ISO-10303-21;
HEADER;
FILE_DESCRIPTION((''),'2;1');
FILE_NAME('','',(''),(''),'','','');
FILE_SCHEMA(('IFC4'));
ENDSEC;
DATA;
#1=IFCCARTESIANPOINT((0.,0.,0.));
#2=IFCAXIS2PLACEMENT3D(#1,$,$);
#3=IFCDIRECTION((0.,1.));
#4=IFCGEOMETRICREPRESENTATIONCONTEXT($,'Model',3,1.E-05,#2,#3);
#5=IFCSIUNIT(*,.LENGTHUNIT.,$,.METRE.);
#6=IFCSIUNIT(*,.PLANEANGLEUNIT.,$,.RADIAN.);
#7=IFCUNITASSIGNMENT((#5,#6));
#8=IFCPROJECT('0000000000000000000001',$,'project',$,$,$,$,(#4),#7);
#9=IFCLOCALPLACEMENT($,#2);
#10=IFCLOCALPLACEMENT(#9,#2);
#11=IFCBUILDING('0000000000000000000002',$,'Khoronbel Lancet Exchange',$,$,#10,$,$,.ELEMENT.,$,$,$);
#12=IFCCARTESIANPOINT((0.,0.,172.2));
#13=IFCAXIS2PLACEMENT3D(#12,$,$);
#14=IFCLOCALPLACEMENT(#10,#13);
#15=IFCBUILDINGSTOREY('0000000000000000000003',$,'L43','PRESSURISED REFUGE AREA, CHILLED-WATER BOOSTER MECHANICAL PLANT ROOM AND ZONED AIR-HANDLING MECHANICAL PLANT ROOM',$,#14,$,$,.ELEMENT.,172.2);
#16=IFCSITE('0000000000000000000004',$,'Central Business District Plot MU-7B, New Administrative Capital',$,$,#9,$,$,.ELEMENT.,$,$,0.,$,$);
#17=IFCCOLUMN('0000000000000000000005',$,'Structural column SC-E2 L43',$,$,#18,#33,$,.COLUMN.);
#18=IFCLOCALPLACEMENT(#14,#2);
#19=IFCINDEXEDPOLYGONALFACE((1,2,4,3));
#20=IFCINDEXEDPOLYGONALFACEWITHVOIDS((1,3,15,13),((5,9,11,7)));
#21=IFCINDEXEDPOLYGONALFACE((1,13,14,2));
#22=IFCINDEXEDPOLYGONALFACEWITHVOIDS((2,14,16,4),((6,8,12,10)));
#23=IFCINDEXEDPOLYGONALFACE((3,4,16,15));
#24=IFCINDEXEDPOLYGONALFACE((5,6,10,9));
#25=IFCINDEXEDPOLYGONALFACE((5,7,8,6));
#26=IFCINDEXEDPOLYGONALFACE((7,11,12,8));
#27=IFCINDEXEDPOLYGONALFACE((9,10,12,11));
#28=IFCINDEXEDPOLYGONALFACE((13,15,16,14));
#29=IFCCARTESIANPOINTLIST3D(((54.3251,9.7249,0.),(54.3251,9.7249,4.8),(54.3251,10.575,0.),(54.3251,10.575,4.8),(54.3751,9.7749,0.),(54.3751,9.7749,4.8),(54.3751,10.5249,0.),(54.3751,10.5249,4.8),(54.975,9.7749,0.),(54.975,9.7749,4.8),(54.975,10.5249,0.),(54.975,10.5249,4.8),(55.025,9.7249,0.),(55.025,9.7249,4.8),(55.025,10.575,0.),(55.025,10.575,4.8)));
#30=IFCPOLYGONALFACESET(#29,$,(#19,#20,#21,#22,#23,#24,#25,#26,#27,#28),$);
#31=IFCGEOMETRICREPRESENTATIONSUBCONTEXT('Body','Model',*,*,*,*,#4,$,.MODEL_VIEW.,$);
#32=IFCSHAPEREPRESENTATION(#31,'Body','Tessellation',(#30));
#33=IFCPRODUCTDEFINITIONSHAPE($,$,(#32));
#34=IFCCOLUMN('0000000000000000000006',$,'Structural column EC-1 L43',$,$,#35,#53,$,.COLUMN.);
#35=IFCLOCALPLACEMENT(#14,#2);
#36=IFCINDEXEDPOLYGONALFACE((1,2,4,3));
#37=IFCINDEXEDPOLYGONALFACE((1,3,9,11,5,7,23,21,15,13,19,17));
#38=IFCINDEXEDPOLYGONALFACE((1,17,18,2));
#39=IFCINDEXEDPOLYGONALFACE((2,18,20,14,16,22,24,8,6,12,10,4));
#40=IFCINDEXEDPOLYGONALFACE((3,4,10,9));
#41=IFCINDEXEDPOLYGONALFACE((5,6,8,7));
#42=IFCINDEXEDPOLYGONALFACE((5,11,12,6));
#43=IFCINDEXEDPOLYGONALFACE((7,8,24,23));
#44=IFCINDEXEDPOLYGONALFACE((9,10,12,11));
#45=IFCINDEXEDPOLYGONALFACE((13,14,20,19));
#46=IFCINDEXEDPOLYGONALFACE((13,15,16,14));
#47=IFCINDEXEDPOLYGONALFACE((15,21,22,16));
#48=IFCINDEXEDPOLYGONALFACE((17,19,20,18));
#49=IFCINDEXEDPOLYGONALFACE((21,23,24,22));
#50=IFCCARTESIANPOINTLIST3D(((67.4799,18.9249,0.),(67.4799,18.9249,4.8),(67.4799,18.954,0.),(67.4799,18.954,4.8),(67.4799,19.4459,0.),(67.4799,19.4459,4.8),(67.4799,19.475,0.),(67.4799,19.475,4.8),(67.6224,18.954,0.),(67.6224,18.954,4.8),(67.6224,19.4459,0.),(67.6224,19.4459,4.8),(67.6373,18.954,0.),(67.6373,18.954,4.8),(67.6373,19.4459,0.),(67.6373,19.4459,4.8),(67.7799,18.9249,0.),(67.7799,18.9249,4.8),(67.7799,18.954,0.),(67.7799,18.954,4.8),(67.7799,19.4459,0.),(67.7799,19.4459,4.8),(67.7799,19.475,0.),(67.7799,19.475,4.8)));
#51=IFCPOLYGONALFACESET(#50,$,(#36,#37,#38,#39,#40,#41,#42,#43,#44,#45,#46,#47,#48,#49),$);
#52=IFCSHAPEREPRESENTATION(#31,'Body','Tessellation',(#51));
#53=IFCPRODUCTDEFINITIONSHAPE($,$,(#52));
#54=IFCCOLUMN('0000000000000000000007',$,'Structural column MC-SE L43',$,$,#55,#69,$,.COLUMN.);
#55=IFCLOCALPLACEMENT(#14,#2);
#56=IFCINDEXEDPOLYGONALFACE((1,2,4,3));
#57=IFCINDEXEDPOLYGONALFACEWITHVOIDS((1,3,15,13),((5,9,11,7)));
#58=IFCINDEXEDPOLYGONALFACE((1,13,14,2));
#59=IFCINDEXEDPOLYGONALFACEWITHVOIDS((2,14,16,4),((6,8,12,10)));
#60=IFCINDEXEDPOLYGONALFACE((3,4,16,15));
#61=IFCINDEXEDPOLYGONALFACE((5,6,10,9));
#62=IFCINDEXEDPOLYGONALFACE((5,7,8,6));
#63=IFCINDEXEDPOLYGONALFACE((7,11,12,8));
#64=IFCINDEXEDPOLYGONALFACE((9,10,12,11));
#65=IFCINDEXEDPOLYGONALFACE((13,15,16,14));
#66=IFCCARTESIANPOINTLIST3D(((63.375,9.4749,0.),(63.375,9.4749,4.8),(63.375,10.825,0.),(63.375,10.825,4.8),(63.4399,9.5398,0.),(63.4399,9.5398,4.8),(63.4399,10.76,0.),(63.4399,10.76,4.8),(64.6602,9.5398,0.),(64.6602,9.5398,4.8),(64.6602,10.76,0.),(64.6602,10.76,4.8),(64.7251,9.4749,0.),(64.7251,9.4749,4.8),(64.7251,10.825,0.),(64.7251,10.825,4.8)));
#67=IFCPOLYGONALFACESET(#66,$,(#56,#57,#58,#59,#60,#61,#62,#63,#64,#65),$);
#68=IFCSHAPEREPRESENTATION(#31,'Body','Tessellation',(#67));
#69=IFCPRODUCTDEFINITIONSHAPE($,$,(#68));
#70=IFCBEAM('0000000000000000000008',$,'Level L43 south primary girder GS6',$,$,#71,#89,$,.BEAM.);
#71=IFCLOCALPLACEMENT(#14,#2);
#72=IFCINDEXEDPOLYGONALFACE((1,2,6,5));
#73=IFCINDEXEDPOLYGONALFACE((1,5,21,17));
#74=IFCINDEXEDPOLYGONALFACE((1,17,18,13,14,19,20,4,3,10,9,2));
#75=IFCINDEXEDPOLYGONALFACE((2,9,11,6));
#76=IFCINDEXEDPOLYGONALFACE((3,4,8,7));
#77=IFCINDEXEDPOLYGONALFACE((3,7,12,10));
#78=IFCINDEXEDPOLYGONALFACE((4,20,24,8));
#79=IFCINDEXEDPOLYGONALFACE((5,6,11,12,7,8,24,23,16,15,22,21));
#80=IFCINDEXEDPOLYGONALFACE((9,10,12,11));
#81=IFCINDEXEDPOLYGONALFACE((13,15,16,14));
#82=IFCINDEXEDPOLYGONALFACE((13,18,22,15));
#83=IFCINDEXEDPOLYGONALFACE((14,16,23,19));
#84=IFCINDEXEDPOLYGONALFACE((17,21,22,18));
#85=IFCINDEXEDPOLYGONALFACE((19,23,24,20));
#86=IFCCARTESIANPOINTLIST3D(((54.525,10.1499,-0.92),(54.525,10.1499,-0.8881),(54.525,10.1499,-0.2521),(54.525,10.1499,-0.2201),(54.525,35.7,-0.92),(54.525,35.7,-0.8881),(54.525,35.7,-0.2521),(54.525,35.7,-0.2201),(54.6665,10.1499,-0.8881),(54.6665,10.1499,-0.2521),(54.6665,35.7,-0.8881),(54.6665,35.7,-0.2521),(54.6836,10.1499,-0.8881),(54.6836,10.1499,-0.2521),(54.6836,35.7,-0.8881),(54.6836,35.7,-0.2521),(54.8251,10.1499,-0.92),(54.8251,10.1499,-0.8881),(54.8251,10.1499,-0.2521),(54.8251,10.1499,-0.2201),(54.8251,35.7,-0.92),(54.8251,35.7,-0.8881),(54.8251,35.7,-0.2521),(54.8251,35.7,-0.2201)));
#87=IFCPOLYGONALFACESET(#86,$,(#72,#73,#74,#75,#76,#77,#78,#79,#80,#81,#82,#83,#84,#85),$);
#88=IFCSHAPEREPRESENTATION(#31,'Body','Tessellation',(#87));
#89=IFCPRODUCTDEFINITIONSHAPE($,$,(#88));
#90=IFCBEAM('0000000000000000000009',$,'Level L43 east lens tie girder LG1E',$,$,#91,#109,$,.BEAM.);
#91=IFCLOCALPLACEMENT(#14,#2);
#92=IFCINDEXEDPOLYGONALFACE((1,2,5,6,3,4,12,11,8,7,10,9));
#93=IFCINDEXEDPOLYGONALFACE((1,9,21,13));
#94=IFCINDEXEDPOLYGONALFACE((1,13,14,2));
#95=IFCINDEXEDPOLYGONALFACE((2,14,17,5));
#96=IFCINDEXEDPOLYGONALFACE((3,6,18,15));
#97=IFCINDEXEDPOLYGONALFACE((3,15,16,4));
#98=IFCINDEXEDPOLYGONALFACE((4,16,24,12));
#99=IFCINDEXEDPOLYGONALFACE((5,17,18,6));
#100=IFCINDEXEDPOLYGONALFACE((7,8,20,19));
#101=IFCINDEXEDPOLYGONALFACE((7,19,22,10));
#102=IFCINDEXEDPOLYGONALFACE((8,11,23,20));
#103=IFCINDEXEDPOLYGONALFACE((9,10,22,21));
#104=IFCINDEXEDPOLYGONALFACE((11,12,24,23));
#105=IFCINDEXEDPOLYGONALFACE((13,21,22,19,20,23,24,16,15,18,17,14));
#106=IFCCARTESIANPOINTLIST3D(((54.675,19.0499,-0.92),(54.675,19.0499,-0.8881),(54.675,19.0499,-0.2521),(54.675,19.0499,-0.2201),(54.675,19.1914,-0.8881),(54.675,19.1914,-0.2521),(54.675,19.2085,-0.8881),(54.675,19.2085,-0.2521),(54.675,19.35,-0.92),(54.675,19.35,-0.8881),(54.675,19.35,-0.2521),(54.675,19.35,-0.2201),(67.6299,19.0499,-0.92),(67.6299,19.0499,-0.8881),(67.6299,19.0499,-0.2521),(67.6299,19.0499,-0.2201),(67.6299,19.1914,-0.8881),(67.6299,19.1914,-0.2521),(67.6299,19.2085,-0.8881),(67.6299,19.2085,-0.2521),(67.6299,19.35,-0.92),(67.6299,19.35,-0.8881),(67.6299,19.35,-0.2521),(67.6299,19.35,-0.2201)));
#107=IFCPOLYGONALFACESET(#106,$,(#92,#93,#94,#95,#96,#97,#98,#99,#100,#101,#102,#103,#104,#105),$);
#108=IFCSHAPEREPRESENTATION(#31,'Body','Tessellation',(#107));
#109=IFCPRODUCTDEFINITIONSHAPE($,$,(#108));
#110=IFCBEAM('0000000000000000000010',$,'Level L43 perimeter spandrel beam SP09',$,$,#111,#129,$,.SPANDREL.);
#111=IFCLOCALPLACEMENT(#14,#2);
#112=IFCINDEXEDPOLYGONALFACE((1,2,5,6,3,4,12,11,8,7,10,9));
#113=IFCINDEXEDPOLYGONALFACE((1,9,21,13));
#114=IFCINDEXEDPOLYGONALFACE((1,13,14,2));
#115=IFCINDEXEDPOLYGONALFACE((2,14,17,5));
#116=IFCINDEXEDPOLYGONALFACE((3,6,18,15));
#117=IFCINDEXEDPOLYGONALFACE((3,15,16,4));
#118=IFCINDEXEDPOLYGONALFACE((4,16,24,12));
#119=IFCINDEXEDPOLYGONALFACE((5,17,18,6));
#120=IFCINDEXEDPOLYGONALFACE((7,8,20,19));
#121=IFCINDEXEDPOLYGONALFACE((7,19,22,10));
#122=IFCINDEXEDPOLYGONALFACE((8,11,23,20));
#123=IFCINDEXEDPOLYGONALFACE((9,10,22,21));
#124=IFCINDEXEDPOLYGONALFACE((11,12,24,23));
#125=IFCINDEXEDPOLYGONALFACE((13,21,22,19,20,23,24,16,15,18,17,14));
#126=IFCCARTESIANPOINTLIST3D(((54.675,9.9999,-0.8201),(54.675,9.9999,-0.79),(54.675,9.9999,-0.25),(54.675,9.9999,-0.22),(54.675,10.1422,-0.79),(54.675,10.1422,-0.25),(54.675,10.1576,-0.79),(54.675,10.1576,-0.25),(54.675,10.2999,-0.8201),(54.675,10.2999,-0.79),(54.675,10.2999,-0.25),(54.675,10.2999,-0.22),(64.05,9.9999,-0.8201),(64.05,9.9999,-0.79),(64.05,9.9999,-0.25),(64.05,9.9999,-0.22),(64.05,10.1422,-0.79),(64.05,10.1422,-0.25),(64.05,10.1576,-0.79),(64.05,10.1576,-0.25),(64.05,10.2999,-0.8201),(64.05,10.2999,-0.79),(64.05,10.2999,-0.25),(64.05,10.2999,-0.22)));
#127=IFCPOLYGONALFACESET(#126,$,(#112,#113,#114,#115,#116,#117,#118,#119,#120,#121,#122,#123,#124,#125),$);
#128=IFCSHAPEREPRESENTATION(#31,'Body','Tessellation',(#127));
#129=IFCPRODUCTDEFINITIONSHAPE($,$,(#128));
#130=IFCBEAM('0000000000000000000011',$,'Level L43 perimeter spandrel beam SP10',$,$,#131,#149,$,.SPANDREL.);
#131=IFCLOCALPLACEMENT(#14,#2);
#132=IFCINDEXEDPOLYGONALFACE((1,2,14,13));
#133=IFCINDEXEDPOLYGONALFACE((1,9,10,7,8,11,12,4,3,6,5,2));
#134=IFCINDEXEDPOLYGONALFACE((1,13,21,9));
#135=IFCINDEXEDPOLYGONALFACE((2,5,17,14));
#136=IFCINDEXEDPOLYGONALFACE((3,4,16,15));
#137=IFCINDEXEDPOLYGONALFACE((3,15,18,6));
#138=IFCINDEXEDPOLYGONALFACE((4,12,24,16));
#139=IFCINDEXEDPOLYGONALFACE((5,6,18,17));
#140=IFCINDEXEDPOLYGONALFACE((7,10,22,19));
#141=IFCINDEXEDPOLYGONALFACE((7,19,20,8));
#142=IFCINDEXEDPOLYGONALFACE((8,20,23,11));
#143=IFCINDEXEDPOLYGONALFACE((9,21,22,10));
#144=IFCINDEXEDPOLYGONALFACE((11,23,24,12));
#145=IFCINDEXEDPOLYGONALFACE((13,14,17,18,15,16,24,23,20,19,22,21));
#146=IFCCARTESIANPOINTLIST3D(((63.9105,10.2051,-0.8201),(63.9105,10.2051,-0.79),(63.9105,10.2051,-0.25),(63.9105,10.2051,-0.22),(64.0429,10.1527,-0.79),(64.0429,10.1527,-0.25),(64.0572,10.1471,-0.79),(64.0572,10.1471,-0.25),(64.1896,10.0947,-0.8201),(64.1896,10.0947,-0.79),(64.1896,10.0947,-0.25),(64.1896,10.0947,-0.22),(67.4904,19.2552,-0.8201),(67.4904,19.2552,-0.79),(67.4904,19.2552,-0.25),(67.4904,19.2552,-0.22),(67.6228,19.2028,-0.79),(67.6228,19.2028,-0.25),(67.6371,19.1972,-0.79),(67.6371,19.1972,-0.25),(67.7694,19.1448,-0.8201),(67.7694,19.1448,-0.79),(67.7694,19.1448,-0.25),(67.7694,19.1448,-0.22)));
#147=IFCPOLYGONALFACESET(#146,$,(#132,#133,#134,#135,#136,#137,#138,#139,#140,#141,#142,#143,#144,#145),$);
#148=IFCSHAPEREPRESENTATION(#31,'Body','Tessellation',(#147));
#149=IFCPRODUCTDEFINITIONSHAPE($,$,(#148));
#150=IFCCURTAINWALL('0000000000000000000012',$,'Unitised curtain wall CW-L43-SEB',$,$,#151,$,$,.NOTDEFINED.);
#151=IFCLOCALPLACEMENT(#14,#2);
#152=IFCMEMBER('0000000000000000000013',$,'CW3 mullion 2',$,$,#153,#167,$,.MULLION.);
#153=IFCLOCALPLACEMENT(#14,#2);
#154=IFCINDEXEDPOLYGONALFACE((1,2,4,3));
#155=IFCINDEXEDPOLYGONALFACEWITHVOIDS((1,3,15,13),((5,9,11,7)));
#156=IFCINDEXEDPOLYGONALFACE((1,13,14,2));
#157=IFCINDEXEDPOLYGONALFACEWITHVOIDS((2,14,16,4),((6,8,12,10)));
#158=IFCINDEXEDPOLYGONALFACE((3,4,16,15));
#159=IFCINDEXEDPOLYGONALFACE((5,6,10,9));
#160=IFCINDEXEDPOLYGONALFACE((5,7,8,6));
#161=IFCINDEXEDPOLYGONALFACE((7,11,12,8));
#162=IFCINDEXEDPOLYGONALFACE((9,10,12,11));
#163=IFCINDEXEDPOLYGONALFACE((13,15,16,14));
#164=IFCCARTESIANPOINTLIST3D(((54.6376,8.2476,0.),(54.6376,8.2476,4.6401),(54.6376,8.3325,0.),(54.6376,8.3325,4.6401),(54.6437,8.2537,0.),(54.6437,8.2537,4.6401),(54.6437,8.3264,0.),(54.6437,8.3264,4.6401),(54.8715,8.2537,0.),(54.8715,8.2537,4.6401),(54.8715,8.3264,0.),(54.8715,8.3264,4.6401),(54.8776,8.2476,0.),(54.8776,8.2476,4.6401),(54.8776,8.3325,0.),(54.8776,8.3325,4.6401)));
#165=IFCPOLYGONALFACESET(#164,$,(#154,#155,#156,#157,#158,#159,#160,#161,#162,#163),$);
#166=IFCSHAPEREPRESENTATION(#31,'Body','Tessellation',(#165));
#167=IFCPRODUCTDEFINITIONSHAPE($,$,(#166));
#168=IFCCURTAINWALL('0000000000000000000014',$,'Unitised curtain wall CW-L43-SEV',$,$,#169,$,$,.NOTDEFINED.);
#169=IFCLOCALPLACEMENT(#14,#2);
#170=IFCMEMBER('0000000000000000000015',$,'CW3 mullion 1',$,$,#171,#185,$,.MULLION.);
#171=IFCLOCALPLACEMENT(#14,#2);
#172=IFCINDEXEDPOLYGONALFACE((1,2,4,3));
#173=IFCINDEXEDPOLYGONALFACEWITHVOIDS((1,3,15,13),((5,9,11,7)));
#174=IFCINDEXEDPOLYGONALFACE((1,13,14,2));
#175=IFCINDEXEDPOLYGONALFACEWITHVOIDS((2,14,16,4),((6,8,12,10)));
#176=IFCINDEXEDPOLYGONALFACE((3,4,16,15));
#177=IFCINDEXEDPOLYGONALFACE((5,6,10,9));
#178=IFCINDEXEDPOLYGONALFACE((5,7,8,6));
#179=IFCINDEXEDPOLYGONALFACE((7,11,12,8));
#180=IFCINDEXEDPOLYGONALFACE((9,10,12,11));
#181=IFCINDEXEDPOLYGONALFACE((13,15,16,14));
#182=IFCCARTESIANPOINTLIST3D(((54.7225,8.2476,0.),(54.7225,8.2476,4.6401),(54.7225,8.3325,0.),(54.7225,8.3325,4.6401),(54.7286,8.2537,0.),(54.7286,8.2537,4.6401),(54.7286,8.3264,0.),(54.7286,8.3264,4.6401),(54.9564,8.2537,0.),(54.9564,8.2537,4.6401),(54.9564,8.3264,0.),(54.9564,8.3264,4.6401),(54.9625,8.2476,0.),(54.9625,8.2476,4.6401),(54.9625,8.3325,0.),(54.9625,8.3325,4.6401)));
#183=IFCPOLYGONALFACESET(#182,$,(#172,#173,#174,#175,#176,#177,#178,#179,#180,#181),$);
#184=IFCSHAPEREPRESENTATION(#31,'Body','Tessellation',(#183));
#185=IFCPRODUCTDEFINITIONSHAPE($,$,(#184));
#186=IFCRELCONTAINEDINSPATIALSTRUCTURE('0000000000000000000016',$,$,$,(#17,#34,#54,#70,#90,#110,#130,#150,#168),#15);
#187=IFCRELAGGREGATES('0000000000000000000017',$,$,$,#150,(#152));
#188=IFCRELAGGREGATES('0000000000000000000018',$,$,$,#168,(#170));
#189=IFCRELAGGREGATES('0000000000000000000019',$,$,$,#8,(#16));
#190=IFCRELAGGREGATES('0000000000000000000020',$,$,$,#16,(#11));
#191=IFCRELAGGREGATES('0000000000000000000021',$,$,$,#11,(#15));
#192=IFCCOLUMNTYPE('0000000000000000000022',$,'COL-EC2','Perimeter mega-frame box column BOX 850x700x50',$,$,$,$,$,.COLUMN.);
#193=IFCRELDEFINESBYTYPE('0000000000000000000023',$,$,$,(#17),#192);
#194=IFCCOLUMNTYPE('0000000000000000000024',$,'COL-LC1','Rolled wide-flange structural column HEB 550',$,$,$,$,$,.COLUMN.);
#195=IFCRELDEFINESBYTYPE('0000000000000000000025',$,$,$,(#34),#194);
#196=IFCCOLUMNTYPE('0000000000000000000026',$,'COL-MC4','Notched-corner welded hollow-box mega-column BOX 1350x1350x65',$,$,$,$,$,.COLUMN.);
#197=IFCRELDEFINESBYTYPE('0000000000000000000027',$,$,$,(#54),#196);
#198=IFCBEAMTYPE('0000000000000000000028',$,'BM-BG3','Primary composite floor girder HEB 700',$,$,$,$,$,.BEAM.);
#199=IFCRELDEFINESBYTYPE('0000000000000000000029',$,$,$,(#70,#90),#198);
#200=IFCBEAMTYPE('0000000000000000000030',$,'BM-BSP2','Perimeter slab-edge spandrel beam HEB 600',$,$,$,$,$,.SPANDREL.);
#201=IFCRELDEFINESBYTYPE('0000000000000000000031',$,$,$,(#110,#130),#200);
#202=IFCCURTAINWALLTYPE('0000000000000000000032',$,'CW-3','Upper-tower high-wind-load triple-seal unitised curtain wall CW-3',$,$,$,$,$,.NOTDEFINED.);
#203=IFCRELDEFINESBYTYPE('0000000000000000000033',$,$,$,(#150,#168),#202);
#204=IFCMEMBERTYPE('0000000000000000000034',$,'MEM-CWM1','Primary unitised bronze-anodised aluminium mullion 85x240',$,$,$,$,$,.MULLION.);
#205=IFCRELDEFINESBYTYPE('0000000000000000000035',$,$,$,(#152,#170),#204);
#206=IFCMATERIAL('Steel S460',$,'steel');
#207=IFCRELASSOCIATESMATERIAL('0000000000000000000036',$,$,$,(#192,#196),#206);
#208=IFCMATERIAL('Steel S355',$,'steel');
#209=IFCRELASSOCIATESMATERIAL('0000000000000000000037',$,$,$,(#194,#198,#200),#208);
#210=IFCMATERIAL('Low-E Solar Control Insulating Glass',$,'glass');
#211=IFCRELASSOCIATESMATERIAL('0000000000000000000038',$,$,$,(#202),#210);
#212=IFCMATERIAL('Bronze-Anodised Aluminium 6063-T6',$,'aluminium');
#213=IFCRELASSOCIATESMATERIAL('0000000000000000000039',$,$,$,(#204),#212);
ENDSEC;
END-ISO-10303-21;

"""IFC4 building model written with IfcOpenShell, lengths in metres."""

from ifc_helpers import new_model, si_unit, direction, frame, origin, origin_2d, place, context, subcontext, project, spatial, hollow_rectangle, i_section, extrude, material, material_profile, profile_set, type_object, element, aggregate, save


model = new_model("IFC4")

# Units and contexts
model_context = context("Model", 3, precision=1e-05, world=origin(), true_north=direction((0.0, 1.0)))
body_context = subcontext(model_context, "Body", "Model", "MODEL_VIEW")
ifc_project = project(units=[si_unit("LENGTHUNIT", "METRE"), si_unit("PLANEANGLEUNIT", "RADIAN")], contexts=[model_context])

# Site, building, storey
site_placement = place(None, origin())
site = spatial("IfcSite", under=ifc_project, at=site_placement, Name="Central Business District Plot MU-7B, New Administrative Capital", CompositionType="ELEMENT", RefElevation=0.0)
building_placement = place(site_placement, origin())
building = spatial("IfcBuilding", under=site, at=building_placement, Name="Khoronbel Lancet Exchange", CompositionType="ELEMENT")
storey_placement = place(building_placement, frame((0.0, 0.0, 172.2)))
storey = spatial("IfcBuildingStorey", under=building, at=storey_placement, Name="L43", Description="PRESSURISED REFUGE AREA, CHILLED-WATER BOOSTER MECHANICAL PLANT ROOM AND ZONED AIR-HANDLING MECHANICAL PLANT ROOM", CompositionType="ELEMENT", Elevation=172.2)

# Columns
ifc_material_1 = material(Name="Steel S460", Category="steel")
ifc_material_profile_1 = material_profile(ifc_material_1, hollow_rectangle(XDim=0.7, YDim=0.8501, WallThickness=0.05, at=origin_2d()), Name="BOX 850x700x50")
ifc_profile_set_1 = profile_set([ifc_material_profile_1], Name="Steel S460")
column_type_1 = type_object("IfcColumnType", Name="COL-EC2", Description="Perimeter mega-frame box column BOX 850x700x50", PredefinedType="COLUMN", material=ifc_profile_set_1)
column_1_placement = place(storey_placement, frame((54.675, 10.1499, 0.0), z_axis=(0.0, 0.0, 1.0), x_axis=(1.0, 0.0, 0.0)))
element("IfcColumn", 1, at=column_1_placement, inside=storey, type_object=column_type_1, Name="Structural column SC-E2 L43", PredefinedType="COLUMN", context=body_context, shape_type="SweptSolid", body=[
    extrude(hollow_rectangle(XDim=0.7, YDim=0.8501, WallThickness=0.05, at=origin_2d()), origin(), (0.0, 0.0, 1.0), 4.8),
])
ifc_material_2 = material(Name="Steel S355", Category="steel")
ifc_material_profile_2 = material_profile(ifc_material_2, i_section(OverallWidth=0.3, OverallDepth=0.55, WebThickness=0.0149, FlangeThickness=0.0291, at=origin_2d()), Name="HEB 550")
ifc_profile_set_2 = profile_set([ifc_material_profile_2], Name="Steel S355")
column_type_2 = type_object("IfcColumnType", Name="COL-LC1", Description="Rolled wide-flange structural column HEB 550", PredefinedType="COLUMN", material=ifc_profile_set_2)
column_2_placement = place(storey_placement, frame((67.6299, 19.2, 0.0), z_axis=(0.0, 0.0, 1.0), x_axis=(1.0, 0.0, 0.0)))
element("IfcColumn", 2, at=column_2_placement, inside=storey, type_object=column_type_2, Name="Structural column EC-1 L43", PredefinedType="COLUMN", context=body_context, shape_type="SweptSolid", body=[
    extrude(i_section(OverallWidth=0.3, OverallDepth=0.55, WebThickness=0.0149, FlangeThickness=0.0291, at=origin_2d()), origin(), (0.0, 0.0, 1.0), 4.8),
])
ifc_material_profile_3 = material_profile(ifc_material_1, hollow_rectangle(XDim=1.3501, YDim=1.3501, WallThickness=0.0649, at=origin_2d()), Name="BOX 1350x1350x65")
ifc_profile_set_3 = profile_set([ifc_material_profile_3], Name="Steel S460")
column_type_3 = type_object("IfcColumnType", Name="COL-MC4", Description="Notched-corner welded hollow-box mega-column BOX 1350x1350x65", PredefinedType="COLUMN", material=ifc_profile_set_3)
column_3_placement = place(storey_placement, frame((64.05, 10.1499, 0.0), z_axis=(0.0, 0.0, 1.0), x_axis=(1.0, 0.0, 0.0)))
element("IfcColumn", 3, at=column_3_placement, inside=storey, type_object=column_type_3, Name="Structural column MC-SE L43", PredefinedType="COLUMN", context=body_context, shape_type="SweptSolid", body=[
    extrude(hollow_rectangle(XDim=1.3501, YDim=1.3501, WallThickness=0.0649, at=origin_2d()), origin(), (0.0, 0.0, 1.0), 4.8),
])

# Beams
ifc_material_profile_4 = material_profile(ifc_material_2, i_section(OverallWidth=0.3, OverallDepth=0.7, WebThickness=0.0171, FlangeThickness=0.032, at=origin_2d()), Name="HEB 700")
ifc_profile_set_4 = profile_set([ifc_material_profile_4], Name="Steel S355")
beam_type_1 = type_object("IfcBeamType", Name="BM-BG3", Description="Primary composite floor girder HEB 700", PredefinedType="BEAM", material=ifc_profile_set_4)
beam_1_placement = place(storey_placement, frame((54.675, 10.1499, -0.5701), z_axis=(0.0, 1.0, 0.0), x_axis=(-1.0, 0.0, 0.0)))
element("IfcBeam", 4, at=beam_1_placement, inside=storey, type_object=beam_type_1, Name="Level L43 south primary girder GS6", PredefinedType="BEAM", context=body_context, shape_type="SweptSolid", body=[
    extrude(i_section(OverallWidth=0.3, OverallDepth=0.7, WebThickness=0.0171, FlangeThickness=0.032, at=origin_2d()), origin(), (0.0, 0.0, 1.0), 25.55),
])
beam_2_placement = place(storey_placement, frame((54.675, 19.2, -0.5701), z_axis=(1.0, 0.0, 0.0), x_axis=(0.0, 1.0, 0.0)))
element("IfcBeam", 5, at=beam_2_placement, inside=storey, type_object=beam_type_1, Name="Level L43 east lens tie girder LG1E", PredefinedType="BEAM", context=body_context, shape_type="SweptSolid", body=[
    extrude(i_section(OverallWidth=0.3, OverallDepth=0.7, WebThickness=0.0171, FlangeThickness=0.032, at=origin_2d()), origin(), (0.0, 0.0, 1.0), 12.9548),
])
ifc_material_profile_5 = material_profile(ifc_material_2, i_section(OverallWidth=0.3, OverallDepth=0.6001, WebThickness=0.0154, FlangeThickness=0.03, at=origin_2d()), Name="HEB 600")
ifc_profile_set_5 = profile_set([ifc_material_profile_5], Name="Steel S355")
beam_type_2 = type_object("IfcBeamType", Name="BM-BSP2", Description="Perimeter slab-edge spandrel beam HEB 600", PredefinedType="SPANDREL", material=ifc_profile_set_5)
beam_3_placement = place(storey_placement, frame((54.675, 10.1499, -0.52), z_axis=(1.0, 0.0, 0.0), x_axis=(0.0, 1.0, 0.0)))
element("IfcBeam", 6, at=beam_3_placement, inside=storey, type_object=beam_type_2, Name="Level L43 perimeter spandrel beam SP09", PredefinedType="SPANDREL", context=body_context, shape_type="SweptSolid", body=[
    extrude(i_section(OverallWidth=0.3, OverallDepth=0.6001, WebThickness=0.0154, FlangeThickness=0.03, at=origin_2d()), origin(), (0.0, 0.0, 1.0), 9.375),
])
beam_4_placement = place(storey_placement, frame((64.05, 10.1499, -0.52), z_axis=(0.367828, 0.929894, 0.0), x_axis=(-0.929894, 0.367828, 0.0)))
element("IfcBeam", 7, at=beam_4_placement, inside=storey, type_object=beam_type_2, Name="Level L43 perimeter spandrel beam SP10", PredefinedType="SPANDREL", context=body_context, shape_type="SweptSolid", body=[
    extrude(i_section(OverallWidth=0.3, OverallDepth=0.6001, WebThickness=0.0154, FlangeThickness=0.03, at=origin_2d()), origin(), (0.0, 0.0, 1.0), 9.7324),
])

# Curtain wall, member
ifc_material_3 = material(Name="Low-E Solar Control Insulating Glass", Category="glass")
curtain_wall_type_1 = type_object("IfcCurtainWallType", Name="CW-3", Description="Upper-tower high-wind-load triple-seal unitised curtain wall CW-3", PredefinedType="NOTDEFINED", material=ifc_material_3)
curtain_wall_1_placement = place(storey_placement, origin())
curtain_wall_1 = element("IfcCurtainWall", 8, at=curtain_wall_1_placement, inside=storey, type_object=curtain_wall_type_1, Name="Unitised curtain wall CW-L43-SEB", PredefinedType="NOTDEFINED")
ifc_material_4 = material(Name="Bronze-Anodised Aluminium 6063-T6", Category="aluminium")
ifc_material_profile_6 = material_profile(ifc_material_4, hollow_rectangle(XDim=0.085, YDim=0.24, WallThickness=0.0061, at=origin_2d()), Name="ALU MULLION 85x240")
ifc_profile_set_6 = profile_set([ifc_material_profile_6], Name="Bronze-Anodised Aluminium 6063-T6")
member_type_1 = type_object("IfcMemberType", Name="MEM-CWM1", Description="Primary unitised bronze-anodised aluminium mullion 85x240", PredefinedType="MULLION", material=ifc_profile_set_6)
member_1_placement = place(storey_placement, frame((54.7576, 8.29, 0.0), z_axis=(0.0, 0.0, 1.0), x_axis=(0.0, 1.0, 0.0)))
member_1 = element("IfcMember", 9, at=member_1_placement, type_object=member_type_1, Name="CW3 mullion 2", PredefinedType="MULLION", context=body_context, shape_type="SweptSolid", body=[
    extrude(hollow_rectangle(XDim=0.085, YDim=0.24, WallThickness=0.0061, at=origin_2d()), origin(), (0.0, 0.0, 1.0), 4.6401),
])

# Curtain wall, member
curtain_wall_2_placement = place(storey_placement, origin())
curtain_wall_2 = element("IfcCurtainWall", 10, at=curtain_wall_2_placement, inside=storey, type_object=curtain_wall_type_1, Name="Unitised curtain wall CW-L43-SEV", PredefinedType="NOTDEFINED")
member_2_placement = place(storey_placement, frame((54.8425, 8.29, 0.0), z_axis=(0.0, 0.0, 1.0), x_axis=(0.0, 1.0, 0.0)))
member_2 = element("IfcMember", 11, at=member_2_placement, type_object=member_type_1, Name="CW3 mullion 1", PredefinedType="MULLION", context=body_context, shape_type="SweptSolid", body=[
    extrude(hollow_rectangle(XDim=0.085, YDim=0.24, WallThickness=0.0061, at=origin_2d()), origin(), (0.0, 0.0, 1.0), 4.6401),
])

aggregate(curtain_wall_1, [member_1])
aggregate(curtain_wall_2, [member_2])

save(model, "model.ifc")
